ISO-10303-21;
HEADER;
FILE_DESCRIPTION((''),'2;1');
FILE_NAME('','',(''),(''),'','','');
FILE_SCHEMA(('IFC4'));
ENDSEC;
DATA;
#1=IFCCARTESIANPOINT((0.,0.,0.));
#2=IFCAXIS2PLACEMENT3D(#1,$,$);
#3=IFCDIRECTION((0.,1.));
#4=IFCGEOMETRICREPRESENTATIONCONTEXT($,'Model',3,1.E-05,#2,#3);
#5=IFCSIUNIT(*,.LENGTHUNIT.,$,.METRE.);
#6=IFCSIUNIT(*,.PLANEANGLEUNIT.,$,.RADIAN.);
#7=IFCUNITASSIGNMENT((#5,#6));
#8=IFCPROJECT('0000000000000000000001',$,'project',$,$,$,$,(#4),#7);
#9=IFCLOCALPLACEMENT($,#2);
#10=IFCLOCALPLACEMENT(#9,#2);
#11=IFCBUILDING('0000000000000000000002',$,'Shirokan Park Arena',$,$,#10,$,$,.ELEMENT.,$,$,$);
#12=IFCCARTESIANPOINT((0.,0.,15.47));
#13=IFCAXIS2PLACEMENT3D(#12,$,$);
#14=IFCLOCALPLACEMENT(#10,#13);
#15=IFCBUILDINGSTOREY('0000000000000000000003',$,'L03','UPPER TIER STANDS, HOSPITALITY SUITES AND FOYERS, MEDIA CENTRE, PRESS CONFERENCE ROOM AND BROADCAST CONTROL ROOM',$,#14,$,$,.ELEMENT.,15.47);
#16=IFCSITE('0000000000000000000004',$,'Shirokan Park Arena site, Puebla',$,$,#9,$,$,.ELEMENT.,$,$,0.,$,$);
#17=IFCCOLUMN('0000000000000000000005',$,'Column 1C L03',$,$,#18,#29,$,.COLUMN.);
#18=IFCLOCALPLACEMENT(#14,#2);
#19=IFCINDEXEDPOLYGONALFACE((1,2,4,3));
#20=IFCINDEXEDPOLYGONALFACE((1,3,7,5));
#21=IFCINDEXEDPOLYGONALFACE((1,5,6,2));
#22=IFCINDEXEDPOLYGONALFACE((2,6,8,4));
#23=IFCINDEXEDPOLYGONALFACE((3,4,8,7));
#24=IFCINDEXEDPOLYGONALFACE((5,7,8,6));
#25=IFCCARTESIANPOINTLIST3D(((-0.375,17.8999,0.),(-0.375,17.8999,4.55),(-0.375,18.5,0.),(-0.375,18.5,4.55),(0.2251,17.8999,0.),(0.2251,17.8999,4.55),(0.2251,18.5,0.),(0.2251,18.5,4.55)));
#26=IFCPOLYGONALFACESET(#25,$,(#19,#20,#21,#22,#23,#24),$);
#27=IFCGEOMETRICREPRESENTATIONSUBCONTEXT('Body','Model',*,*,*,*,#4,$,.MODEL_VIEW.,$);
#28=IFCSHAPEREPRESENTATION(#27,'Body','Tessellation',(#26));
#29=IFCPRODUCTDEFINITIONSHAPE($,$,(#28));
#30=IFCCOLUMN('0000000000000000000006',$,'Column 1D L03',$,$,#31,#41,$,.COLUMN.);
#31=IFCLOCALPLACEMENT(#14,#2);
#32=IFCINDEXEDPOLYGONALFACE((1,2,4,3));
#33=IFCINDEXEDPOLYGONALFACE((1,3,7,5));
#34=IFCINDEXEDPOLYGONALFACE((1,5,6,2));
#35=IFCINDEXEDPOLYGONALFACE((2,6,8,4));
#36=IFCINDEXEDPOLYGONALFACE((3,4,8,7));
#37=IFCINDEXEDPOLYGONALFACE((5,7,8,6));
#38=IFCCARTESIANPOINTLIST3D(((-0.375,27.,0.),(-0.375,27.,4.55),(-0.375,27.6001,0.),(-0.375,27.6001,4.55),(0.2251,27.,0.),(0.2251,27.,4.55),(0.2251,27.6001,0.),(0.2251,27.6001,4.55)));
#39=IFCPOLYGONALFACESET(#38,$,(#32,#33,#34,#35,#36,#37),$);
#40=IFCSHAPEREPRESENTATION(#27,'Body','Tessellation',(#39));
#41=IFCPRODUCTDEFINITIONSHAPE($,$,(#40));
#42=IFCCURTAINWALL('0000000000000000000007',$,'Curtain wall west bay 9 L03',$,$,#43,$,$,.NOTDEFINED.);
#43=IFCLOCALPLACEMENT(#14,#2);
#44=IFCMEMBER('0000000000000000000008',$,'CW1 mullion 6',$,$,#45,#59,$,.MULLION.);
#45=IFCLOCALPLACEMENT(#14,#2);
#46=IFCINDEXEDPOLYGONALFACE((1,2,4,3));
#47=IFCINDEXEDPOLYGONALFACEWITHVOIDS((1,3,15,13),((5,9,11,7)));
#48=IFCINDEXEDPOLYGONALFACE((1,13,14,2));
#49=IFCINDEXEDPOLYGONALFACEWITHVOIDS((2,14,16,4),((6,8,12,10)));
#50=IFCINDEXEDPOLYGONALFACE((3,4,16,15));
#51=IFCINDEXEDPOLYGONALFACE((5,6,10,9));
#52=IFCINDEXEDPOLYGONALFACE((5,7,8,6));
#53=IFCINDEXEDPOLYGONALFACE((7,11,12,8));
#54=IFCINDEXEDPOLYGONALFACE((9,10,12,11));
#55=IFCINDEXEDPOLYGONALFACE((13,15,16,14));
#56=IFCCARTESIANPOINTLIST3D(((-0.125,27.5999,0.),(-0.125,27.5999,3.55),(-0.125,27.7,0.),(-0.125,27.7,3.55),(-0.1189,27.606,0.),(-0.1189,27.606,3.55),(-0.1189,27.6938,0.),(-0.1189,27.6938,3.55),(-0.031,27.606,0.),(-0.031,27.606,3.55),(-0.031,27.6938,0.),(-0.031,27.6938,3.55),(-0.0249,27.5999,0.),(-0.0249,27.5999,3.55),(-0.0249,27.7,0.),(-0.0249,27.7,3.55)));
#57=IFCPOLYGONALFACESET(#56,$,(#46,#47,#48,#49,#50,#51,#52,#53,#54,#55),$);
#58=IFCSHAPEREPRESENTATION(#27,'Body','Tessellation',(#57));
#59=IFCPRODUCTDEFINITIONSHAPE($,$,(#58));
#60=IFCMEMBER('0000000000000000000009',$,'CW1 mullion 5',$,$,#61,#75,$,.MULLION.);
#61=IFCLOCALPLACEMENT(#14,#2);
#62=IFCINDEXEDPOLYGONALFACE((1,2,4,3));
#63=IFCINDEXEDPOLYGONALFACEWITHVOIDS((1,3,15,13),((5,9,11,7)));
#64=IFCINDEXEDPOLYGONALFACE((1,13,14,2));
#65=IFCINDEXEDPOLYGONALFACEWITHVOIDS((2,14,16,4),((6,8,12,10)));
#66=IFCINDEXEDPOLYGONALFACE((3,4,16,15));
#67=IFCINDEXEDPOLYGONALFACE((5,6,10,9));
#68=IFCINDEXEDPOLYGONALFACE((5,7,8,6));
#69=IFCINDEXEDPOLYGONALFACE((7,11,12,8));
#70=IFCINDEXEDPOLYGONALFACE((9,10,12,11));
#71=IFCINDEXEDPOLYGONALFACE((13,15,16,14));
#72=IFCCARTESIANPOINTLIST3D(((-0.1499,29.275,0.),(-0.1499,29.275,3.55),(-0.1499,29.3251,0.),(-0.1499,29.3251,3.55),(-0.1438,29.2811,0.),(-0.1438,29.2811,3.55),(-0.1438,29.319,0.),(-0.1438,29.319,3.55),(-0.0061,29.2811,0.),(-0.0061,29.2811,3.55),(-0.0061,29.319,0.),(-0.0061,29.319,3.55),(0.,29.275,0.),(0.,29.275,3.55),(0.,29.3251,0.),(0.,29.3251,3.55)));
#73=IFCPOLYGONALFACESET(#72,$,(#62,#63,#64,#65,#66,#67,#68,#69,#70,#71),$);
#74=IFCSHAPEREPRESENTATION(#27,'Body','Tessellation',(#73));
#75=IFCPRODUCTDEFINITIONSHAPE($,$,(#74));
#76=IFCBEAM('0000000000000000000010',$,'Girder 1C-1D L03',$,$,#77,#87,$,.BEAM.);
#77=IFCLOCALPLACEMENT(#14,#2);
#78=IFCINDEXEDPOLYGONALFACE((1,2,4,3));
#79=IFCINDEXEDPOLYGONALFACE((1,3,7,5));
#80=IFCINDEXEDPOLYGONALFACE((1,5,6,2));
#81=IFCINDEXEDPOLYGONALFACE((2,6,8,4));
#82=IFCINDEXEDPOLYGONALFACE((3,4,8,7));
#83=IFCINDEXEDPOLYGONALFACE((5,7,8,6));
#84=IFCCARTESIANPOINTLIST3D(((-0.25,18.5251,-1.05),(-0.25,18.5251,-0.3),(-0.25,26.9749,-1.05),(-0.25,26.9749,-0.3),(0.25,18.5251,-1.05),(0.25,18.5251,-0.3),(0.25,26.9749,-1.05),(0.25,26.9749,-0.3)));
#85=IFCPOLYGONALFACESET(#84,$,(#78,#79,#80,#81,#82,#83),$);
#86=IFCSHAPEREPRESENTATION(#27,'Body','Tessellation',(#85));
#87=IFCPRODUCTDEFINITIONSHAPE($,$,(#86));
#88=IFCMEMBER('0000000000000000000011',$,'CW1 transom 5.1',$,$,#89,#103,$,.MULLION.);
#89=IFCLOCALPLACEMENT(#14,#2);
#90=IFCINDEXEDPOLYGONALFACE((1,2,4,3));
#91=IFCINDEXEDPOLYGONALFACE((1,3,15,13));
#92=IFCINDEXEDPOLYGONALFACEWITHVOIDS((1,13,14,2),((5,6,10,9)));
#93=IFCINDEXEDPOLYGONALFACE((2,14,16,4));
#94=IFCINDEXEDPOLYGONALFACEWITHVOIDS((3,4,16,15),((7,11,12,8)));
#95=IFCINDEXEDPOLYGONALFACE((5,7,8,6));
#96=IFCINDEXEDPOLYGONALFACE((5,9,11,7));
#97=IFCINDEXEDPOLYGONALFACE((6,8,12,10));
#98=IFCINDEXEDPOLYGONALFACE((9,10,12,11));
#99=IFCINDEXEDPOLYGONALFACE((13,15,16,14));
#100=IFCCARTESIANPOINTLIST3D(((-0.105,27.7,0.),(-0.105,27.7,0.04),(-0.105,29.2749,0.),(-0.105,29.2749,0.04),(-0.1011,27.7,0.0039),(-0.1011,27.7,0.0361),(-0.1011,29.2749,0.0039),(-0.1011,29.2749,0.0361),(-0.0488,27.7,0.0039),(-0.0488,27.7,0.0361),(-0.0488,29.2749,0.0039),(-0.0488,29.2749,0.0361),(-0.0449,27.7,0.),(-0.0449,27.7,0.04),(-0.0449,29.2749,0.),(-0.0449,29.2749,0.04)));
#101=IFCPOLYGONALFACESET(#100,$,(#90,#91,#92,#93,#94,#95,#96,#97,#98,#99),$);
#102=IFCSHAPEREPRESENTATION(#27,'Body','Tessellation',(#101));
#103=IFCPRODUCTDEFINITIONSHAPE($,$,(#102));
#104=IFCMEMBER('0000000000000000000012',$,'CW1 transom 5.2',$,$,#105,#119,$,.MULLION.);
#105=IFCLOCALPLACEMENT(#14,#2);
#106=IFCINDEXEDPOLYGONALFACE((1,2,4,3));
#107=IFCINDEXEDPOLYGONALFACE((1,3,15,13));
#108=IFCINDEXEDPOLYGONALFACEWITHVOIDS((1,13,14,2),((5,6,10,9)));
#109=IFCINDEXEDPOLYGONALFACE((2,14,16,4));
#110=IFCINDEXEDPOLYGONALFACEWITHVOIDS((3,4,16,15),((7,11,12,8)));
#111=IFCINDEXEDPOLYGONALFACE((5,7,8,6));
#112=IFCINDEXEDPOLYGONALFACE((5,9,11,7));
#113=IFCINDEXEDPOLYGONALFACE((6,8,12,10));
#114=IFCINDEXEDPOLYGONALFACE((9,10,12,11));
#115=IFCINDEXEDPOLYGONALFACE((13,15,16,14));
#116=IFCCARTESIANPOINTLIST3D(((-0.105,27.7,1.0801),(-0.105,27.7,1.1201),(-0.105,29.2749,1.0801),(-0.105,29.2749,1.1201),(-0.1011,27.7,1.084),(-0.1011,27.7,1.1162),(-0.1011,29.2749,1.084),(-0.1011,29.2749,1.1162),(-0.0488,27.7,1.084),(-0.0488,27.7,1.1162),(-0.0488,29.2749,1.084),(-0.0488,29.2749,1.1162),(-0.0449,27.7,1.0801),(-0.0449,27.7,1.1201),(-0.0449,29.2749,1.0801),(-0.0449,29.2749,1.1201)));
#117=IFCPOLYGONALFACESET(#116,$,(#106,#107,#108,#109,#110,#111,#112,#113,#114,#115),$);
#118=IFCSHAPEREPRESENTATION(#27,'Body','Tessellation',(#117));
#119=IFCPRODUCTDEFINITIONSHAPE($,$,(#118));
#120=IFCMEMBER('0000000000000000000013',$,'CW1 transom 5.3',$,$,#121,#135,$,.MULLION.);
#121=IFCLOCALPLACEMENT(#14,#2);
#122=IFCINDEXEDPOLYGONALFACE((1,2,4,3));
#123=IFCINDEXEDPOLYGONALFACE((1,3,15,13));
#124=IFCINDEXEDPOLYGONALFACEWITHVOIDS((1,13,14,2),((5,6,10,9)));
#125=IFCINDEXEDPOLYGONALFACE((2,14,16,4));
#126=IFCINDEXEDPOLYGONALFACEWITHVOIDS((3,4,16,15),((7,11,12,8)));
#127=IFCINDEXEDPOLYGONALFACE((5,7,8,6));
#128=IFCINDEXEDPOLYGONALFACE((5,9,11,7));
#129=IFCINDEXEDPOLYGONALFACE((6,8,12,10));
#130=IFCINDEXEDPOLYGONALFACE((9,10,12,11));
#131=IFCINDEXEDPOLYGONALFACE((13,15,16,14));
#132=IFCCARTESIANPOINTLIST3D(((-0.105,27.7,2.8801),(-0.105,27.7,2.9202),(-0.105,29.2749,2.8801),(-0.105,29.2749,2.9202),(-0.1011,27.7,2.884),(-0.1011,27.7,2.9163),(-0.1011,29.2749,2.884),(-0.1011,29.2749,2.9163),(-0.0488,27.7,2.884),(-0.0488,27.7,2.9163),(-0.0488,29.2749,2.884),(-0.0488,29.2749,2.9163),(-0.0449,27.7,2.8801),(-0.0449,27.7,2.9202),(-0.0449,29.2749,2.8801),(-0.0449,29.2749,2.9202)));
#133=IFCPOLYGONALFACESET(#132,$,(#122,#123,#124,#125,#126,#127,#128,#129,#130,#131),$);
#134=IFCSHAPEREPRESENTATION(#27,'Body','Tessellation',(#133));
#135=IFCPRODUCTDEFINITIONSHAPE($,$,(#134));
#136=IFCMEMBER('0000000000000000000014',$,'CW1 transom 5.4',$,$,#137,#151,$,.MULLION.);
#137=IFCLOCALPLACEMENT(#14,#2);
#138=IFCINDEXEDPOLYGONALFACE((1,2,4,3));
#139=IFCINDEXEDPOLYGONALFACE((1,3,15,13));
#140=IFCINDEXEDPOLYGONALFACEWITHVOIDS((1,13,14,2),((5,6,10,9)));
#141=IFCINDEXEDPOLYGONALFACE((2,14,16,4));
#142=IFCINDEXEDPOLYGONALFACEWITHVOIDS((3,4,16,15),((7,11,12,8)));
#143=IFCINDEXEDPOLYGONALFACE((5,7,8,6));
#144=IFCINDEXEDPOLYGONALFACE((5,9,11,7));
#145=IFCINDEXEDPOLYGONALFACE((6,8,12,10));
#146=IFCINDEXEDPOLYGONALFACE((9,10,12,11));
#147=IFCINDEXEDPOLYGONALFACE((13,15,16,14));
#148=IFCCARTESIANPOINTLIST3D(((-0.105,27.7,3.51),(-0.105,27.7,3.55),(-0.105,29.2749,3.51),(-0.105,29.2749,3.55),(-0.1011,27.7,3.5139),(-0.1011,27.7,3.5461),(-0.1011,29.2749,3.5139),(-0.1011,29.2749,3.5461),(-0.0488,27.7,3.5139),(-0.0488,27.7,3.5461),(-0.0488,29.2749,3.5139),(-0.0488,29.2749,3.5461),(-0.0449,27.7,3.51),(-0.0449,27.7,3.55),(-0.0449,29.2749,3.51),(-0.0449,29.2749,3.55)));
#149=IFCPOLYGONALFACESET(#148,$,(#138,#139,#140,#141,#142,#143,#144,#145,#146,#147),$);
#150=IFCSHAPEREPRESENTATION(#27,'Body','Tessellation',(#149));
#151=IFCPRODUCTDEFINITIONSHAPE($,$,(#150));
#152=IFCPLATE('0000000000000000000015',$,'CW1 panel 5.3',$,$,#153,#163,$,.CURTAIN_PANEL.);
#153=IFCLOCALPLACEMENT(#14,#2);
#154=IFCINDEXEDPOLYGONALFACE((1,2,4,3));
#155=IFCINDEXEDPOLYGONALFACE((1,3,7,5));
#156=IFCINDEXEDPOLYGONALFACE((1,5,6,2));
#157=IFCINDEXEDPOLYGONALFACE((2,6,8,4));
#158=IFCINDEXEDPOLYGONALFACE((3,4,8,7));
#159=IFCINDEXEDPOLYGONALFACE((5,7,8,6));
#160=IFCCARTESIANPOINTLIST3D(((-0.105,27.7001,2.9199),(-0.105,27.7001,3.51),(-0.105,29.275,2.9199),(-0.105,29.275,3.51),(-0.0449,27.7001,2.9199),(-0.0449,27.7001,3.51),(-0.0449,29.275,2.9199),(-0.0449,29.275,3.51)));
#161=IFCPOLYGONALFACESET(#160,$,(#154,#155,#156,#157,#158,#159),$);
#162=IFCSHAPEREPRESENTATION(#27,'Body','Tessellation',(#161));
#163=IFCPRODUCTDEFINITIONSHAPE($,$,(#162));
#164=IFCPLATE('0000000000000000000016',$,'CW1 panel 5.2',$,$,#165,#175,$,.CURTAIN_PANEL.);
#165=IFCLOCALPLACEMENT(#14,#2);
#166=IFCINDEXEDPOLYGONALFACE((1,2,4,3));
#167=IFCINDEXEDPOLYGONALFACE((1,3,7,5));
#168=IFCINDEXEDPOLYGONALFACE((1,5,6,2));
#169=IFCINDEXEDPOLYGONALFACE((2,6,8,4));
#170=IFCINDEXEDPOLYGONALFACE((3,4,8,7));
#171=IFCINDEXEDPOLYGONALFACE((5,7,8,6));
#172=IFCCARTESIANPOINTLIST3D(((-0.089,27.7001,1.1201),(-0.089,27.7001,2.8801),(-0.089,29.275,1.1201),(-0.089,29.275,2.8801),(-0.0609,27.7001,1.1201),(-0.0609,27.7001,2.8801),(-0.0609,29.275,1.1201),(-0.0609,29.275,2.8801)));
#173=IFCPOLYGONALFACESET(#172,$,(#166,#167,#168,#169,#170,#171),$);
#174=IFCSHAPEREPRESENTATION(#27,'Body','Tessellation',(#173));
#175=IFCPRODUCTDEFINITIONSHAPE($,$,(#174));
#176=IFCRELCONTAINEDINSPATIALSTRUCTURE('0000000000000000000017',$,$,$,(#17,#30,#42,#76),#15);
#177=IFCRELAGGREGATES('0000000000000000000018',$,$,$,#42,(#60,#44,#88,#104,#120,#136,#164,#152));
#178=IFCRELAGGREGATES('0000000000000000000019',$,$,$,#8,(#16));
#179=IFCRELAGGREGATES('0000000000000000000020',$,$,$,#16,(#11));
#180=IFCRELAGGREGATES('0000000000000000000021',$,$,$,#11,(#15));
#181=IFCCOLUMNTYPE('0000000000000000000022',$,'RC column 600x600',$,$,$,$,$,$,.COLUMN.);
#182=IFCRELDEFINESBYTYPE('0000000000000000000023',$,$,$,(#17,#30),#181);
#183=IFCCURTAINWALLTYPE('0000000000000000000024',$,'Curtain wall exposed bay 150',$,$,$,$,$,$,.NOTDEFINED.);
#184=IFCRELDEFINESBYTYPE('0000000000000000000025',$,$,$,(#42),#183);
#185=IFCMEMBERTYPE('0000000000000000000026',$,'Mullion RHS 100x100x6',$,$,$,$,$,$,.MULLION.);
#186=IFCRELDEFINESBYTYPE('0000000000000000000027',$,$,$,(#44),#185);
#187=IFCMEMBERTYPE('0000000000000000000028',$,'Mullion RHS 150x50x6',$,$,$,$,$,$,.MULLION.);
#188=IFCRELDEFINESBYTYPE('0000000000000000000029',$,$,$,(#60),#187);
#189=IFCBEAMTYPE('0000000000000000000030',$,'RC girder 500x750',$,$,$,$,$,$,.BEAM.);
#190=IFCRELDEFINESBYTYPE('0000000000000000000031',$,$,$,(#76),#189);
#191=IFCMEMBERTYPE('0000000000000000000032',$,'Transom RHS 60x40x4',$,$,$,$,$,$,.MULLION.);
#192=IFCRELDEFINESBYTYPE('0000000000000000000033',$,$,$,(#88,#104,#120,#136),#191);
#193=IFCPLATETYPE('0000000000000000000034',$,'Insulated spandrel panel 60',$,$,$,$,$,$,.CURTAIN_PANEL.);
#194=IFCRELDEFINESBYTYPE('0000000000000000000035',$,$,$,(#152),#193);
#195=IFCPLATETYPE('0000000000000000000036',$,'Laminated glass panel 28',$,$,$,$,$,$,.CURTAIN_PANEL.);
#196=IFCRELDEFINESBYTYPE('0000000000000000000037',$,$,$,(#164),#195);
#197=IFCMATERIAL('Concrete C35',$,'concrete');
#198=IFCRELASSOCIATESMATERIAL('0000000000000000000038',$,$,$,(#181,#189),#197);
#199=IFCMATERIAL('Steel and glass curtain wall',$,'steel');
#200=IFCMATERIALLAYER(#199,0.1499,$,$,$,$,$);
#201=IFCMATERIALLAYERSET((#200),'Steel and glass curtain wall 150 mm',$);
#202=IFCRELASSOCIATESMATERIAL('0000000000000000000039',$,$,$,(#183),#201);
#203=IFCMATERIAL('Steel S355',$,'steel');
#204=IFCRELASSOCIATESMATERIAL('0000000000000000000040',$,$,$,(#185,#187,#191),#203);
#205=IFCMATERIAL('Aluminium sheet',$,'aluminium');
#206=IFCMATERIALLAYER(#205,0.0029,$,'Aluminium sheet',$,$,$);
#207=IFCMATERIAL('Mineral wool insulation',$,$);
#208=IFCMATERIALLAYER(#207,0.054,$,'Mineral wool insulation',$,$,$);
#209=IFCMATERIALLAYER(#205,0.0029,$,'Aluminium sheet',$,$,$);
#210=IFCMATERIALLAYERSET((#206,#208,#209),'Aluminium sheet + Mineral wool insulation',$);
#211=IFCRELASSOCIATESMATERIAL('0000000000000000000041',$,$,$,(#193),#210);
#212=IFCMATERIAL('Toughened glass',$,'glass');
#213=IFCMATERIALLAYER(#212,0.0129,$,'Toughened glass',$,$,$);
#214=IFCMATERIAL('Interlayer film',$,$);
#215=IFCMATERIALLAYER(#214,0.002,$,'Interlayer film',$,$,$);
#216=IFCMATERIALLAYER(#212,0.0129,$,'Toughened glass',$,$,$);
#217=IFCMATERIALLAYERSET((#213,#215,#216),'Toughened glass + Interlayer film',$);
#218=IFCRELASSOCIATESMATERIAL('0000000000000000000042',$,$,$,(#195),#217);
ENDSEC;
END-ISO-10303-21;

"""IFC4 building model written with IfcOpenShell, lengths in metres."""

from ifc_helpers import new_model, si_unit, direction, frame, origin, origin_2d, place, context, subcontext, project, spatial, rectangle, hollow_rectangle, extrude, material, layer, layer_set, material_profile, profile_set, type_object, element, aggregate, save


model = new_model("IFC4")

# Units and contexts
model_context = context("Model", 3, precision=1e-05, world=origin(), true_north=direction((0.0, 1.0)))
body_context = subcontext(model_context, "Body", "Model", "MODEL_VIEW")
ifc_project = project(units=[si_unit("LENGTHUNIT", "METRE"), si_unit("PLANEANGLEUNIT", "RADIAN")], contexts=[model_context])

# Site, building, storey
site_placement = place(None, origin())
site = spatial("IfcSite", under=ifc_project, at=site_placement, Name="Shirokan Park Arena site, Puebla", CompositionType="ELEMENT", RefElevation=0.0)
building_placement = place(site_placement, origin())
building = spatial("IfcBuilding", under=site, at=building_placement, Name="Shirokan Park Arena", CompositionType="ELEMENT")
storey_placement = place(building_placement, frame((0.0, 0.0, 15.47)))
storey = spatial("IfcBuildingStorey", under=building, at=storey_placement, Name="L03", Description="UPPER TIER STANDS, HOSPITALITY SUITES AND FOYERS, MEDIA CENTRE, PRESS CONFERENCE ROOM AND BROADCAST CONTROL ROOM", CompositionType="ELEMENT", Elevation=15.47)

# Columns
ifc_material_1 = material(Name="Concrete C35", Category="concrete")
ifc_material_profile_1 = material_profile(ifc_material_1, rectangle(XDim=0.6001, YDim=0.6001, at=origin_2d()), Name="600x600")
ifc_profile_set_1 = profile_set([ifc_material_profile_1], Name="Concrete C35")
column_type = type_object("IfcColumnType", Name="RC column 600x600", PredefinedType="COLUMN", material=ifc_profile_set_1)
for number, where, z_axis, x_axis, name in (
    (1, (-0.075, 18.2, 0.0), (0.0, 0.0, 1.0), (1.0, 0.0, 0.0), "Column 1C L03"),
    (2, (-0.075, 27.3, 0.0), (0.0, 0.0, 1.0), (1.0, 0.0, 0.0), "Column 1D L03"),
):
    element("IfcColumn", number, at=place(storey_placement, frame(where, z_axis=z_axis, x_axis=x_axis)), inside=storey, type_object=column_type, Name=name, PredefinedType="COLUMN", context=body_context, shape_type="SweptSolid", body=[
        extrude(rectangle(XDim=0.6001, YDim=0.6001, at=origin_2d()), origin(), (0.0, 0.0, 1.0), 4.55),
    ])

# Curtain wall, members
ifc_material_2 = material(Name="Steel and glass curtain wall", Category="steel")
ifc_layer_1 = layer(ifc_material_2, 0.1499)
ifc_layer_set_1 = layer_set([ifc_layer_1], Name="Steel and glass curtain wall 150 mm")
curtain_wall_type = type_object("IfcCurtainWallType", Name="Curtain wall exposed bay 150", PredefinedType="NOTDEFINED", material=ifc_layer_set_1)
curtain_wall_placement = place(storey_placement, origin())
curtain_wall = element("IfcCurtainWall", 3, at=curtain_wall_placement, inside=storey, type_object=curtain_wall_type, Name="Curtain wall west bay 9 L03", PredefinedType="NOTDEFINED")
ifc_material_3 = material(Name="Steel S355", Category="steel")
ifc_material_profile_2 = material_profile(ifc_material_3, hollow_rectangle(XDim=0.1001, YDim=0.1001, WallThickness=0.0061, at=origin_2d()), Name="RHS 100x100x6")
ifc_profile_set_2 = profile_set([ifc_material_profile_2], Name="Steel S355")
member_type_1 = type_object("IfcMemberType", Name="Mullion RHS 100x100x6", PredefinedType="MULLION", material=ifc_profile_set_2)
member_1_placement = place(storey_placement, frame((-0.075, 27.6499, 0.0), z_axis=(0.0, 0.0, 1.0), x_axis=(1.0, 0.0, 0.0)))
member_1 = element("IfcMember", 4, at=member_1_placement, type_object=member_type_1, Name="CW1 mullion 6", PredefinedType="MULLION", context=body_context, shape_type="SweptSolid", body=[
    extrude(hollow_rectangle(XDim=0.1001, YDim=0.1001, WallThickness=0.0061, at=origin_2d()), origin(), (0.0, 0.0, 1.0), 3.55),
])
ifc_material_profile_3 = material_profile(ifc_material_3, hollow_rectangle(XDim=0.1499, YDim=0.05, WallThickness=0.0061, at=origin_2d()), Name="RHS 150x50x6")
ifc_profile_set_3 = profile_set([ifc_material_profile_3], Name="Steel S355")
member_type_2 = type_object("IfcMemberType", Name="Mullion RHS 150x50x6", PredefinedType="MULLION", material=ifc_profile_set_3)
member_2_placement = place(storey_placement, frame((-0.075, 29.3, 0.0), z_axis=(0.0, 0.0, 1.0), x_axis=(1.0, 0.0, 0.0)))
member_2 = element("IfcMember", 5, at=member_2_placement, type_object=member_type_2, Name="CW1 mullion 5", PredefinedType="MULLION", context=body_context, shape_type="SweptSolid", body=[
    extrude(hollow_rectangle(XDim=0.1499, YDim=0.05, WallThickness=0.0061, at=origin_2d()), origin(), (0.0, 0.0, 1.0), 3.55),
])

# Beam
ifc_material_profile_4 = material_profile(ifc_material_1, rectangle(XDim=0.5, YDim=0.75, at=origin_2d()), Name="500x750")
ifc_profile_set_4 = profile_set([ifc_material_profile_4], Name="Concrete C35")
beam_type = type_object("IfcBeamType", Name="RC girder 500x750", PredefinedType="BEAM", material=ifc_profile_set_4)
beam_placement = place(storey_placement, frame((0.0, 18.5251, -0.675), z_axis=(0.0, 1.0, 0.0), x_axis=(-1.0, 0.0, 0.0)))
element("IfcBeam", 6, at=beam_placement, inside=storey, type_object=beam_type, Name="Girder 1C-1D L03", PredefinedType="BEAM", context=body_context, shape_type="SweptSolid", body=[
    extrude(rectangle(XDim=0.5, YDim=0.75, at=origin_2d()), origin(), (0.0, 0.0, 1.0), 8.4497),
])

# Members
ifc_material_profile_5 = material_profile(ifc_material_3, hollow_rectangle(XDim=0.0601, YDim=0.04, WallThickness=0.0039, at=origin_2d()), Name="RHS 60x40x4")
ifc_profile_set_5 = profile_set([ifc_material_profile_5], Name="Steel S355")
member_type_3 = type_object("IfcMemberType", Name="Transom RHS 60x40x4", PredefinedType="MULLION", material=ifc_profile_set_5)
member_3_placement = place(storey_placement, frame((-0.075, 29.2749, 0.02), z_axis=(0.0, -1.0, 0.0), x_axis=(1.0, 0.0, 0.0)))
member_3 = element("IfcMember", 7, at=member_3_placement, type_object=member_type_3, Name="CW1 transom 5.1", PredefinedType="MULLION", context=body_context, shape_type="SweptSolid", body=[
    extrude(hollow_rectangle(XDim=0.0601, YDim=0.04, WallThickness=0.0039, at=origin_2d()), origin(), (0.0, 0.0, 1.0), 1.575),
])
member_4_placement = place(storey_placement, frame((-0.075, 29.2749, 1.1001), z_axis=(0.0, -1.0, 0.0), x_axis=(1.0, 0.0, 0.0)))
member_4 = element("IfcMember", 8, at=member_4_placement, type_object=member_type_3, Name="CW1 transom 5.2", PredefinedType="MULLION", context=body_context, shape_type="SweptSolid", body=[
    extrude(hollow_rectangle(XDim=0.0601, YDim=0.04, WallThickness=0.0039, at=origin_2d()), origin(), (0.0, 0.0, 1.0), 1.575),
])
member_5_placement = place(storey_placement, frame((-0.075, 29.2749, 2.9001), z_axis=(0.0, -1.0, 0.0), x_axis=(1.0, 0.0, 0.0)))
member_5 = element("IfcMember", 9, at=member_5_placement, type_object=member_type_3, Name="CW1 transom 5.3", PredefinedType="MULLION", context=body_context, shape_type="SweptSolid", body=[
    extrude(hollow_rectangle(XDim=0.0601, YDim=0.04, WallThickness=0.0039, at=origin_2d()), origin(), (0.0, 0.0, 1.0), 1.575),
])
member_6_placement = place(storey_placement, frame((-0.075, 29.2749, 3.53), z_axis=(0.0, -1.0, 0.0), x_axis=(1.0, 0.0, 0.0)))
member_6 = element("IfcMember", 10, at=member_6_placement, type_object=member_type_3, Name="CW1 transom 5.4", PredefinedType="MULLION", context=body_context, shape_type="SweptSolid", body=[
    extrude(hollow_rectangle(XDim=0.0601, YDim=0.04, WallThickness=0.0039, at=origin_2d()), origin(), (0.0, 0.0, 1.0), 1.575),
])

# Plates
ifc_material_4 = material(Name="Aluminium sheet", Category="aluminium")
ifc_layer_2 = layer(ifc_material_4, 0.0029, Name="Aluminium sheet")
ifc_material_5 = material(Name="Mineral wool insulation")
ifc_layer_3 = layer(ifc_material_5, 0.054, Name="Mineral wool insulation")
ifc_layer_4 = layer(ifc_material_4, 0.0029, Name="Aluminium sheet")
ifc_layer_set_2 = layer_set([ifc_layer_2, ifc_layer_3, ifc_layer_4], Name="Aluminium sheet + Mineral wool insulation")
plate_type_1 = type_object("IfcPlateType", Name="Insulated spandrel panel 60", PredefinedType="CURTAIN_PANEL", material=ifc_layer_set_2)
plate_1_placement = place(storey_placement, frame((-0.075, 28.4875, 2.9199), z_axis=(0.0, 0.0, 1.0), x_axis=(0.0, -1.0, 0.0)))
plate_1 = element("IfcPlate", 11, at=plate_1_placement, type_object=plate_type_1, Name="CW1 panel 5.3", PredefinedType="CURTAIN_PANEL", context=body_context, shape_type="SweptSolid", body=[
    extrude(rectangle(XDim=1.575, YDim=0.0601, at=origin_2d()), origin(), (0.0, 0.0, 1.0), 0.5901),
])
ifc_material_6 = material(Name="Toughened glass", Category="glass")
ifc_layer_5 = layer(ifc_material_6, 0.0129, Name="Toughened glass")
ifc_material_7 = material(Name="Interlayer film")
ifc_layer_6 = layer(ifc_material_7, 0.002, Name="Interlayer film")
ifc_layer_7 = layer(ifc_material_6, 0.0129, Name="Toughened glass")
ifc_layer_set_3 = layer_set([ifc_layer_5, ifc_layer_6, ifc_layer_7], Name="Toughened glass + Interlayer film")
plate_type_2 = type_object("IfcPlateType", Name="Laminated glass panel 28", PredefinedType="CURTAIN_PANEL", material=ifc_layer_set_3)
plate_2_placement = place(storey_placement, frame((-0.075, 28.4875, 1.1201), z_axis=(0.0, 0.0, 1.0), x_axis=(0.0, -1.0, 0.0)))
plate_2 = element("IfcPlate", 12, at=plate_2_placement, type_object=plate_type_2, Name="CW1 panel 5.2", PredefinedType="CURTAIN_PANEL", context=body_context, shape_type="SweptSolid", body=[
    extrude(rectangle(XDim=1.575, YDim=0.0281, at=origin_2d()), origin(), (0.0, 0.0, 1.0), 1.76),
])
aggregate(curtain_wall, [member_2, member_1, member_3, member_4, member_5, member_6, plate_2, plate_1])

save(model, "model.ifc")
